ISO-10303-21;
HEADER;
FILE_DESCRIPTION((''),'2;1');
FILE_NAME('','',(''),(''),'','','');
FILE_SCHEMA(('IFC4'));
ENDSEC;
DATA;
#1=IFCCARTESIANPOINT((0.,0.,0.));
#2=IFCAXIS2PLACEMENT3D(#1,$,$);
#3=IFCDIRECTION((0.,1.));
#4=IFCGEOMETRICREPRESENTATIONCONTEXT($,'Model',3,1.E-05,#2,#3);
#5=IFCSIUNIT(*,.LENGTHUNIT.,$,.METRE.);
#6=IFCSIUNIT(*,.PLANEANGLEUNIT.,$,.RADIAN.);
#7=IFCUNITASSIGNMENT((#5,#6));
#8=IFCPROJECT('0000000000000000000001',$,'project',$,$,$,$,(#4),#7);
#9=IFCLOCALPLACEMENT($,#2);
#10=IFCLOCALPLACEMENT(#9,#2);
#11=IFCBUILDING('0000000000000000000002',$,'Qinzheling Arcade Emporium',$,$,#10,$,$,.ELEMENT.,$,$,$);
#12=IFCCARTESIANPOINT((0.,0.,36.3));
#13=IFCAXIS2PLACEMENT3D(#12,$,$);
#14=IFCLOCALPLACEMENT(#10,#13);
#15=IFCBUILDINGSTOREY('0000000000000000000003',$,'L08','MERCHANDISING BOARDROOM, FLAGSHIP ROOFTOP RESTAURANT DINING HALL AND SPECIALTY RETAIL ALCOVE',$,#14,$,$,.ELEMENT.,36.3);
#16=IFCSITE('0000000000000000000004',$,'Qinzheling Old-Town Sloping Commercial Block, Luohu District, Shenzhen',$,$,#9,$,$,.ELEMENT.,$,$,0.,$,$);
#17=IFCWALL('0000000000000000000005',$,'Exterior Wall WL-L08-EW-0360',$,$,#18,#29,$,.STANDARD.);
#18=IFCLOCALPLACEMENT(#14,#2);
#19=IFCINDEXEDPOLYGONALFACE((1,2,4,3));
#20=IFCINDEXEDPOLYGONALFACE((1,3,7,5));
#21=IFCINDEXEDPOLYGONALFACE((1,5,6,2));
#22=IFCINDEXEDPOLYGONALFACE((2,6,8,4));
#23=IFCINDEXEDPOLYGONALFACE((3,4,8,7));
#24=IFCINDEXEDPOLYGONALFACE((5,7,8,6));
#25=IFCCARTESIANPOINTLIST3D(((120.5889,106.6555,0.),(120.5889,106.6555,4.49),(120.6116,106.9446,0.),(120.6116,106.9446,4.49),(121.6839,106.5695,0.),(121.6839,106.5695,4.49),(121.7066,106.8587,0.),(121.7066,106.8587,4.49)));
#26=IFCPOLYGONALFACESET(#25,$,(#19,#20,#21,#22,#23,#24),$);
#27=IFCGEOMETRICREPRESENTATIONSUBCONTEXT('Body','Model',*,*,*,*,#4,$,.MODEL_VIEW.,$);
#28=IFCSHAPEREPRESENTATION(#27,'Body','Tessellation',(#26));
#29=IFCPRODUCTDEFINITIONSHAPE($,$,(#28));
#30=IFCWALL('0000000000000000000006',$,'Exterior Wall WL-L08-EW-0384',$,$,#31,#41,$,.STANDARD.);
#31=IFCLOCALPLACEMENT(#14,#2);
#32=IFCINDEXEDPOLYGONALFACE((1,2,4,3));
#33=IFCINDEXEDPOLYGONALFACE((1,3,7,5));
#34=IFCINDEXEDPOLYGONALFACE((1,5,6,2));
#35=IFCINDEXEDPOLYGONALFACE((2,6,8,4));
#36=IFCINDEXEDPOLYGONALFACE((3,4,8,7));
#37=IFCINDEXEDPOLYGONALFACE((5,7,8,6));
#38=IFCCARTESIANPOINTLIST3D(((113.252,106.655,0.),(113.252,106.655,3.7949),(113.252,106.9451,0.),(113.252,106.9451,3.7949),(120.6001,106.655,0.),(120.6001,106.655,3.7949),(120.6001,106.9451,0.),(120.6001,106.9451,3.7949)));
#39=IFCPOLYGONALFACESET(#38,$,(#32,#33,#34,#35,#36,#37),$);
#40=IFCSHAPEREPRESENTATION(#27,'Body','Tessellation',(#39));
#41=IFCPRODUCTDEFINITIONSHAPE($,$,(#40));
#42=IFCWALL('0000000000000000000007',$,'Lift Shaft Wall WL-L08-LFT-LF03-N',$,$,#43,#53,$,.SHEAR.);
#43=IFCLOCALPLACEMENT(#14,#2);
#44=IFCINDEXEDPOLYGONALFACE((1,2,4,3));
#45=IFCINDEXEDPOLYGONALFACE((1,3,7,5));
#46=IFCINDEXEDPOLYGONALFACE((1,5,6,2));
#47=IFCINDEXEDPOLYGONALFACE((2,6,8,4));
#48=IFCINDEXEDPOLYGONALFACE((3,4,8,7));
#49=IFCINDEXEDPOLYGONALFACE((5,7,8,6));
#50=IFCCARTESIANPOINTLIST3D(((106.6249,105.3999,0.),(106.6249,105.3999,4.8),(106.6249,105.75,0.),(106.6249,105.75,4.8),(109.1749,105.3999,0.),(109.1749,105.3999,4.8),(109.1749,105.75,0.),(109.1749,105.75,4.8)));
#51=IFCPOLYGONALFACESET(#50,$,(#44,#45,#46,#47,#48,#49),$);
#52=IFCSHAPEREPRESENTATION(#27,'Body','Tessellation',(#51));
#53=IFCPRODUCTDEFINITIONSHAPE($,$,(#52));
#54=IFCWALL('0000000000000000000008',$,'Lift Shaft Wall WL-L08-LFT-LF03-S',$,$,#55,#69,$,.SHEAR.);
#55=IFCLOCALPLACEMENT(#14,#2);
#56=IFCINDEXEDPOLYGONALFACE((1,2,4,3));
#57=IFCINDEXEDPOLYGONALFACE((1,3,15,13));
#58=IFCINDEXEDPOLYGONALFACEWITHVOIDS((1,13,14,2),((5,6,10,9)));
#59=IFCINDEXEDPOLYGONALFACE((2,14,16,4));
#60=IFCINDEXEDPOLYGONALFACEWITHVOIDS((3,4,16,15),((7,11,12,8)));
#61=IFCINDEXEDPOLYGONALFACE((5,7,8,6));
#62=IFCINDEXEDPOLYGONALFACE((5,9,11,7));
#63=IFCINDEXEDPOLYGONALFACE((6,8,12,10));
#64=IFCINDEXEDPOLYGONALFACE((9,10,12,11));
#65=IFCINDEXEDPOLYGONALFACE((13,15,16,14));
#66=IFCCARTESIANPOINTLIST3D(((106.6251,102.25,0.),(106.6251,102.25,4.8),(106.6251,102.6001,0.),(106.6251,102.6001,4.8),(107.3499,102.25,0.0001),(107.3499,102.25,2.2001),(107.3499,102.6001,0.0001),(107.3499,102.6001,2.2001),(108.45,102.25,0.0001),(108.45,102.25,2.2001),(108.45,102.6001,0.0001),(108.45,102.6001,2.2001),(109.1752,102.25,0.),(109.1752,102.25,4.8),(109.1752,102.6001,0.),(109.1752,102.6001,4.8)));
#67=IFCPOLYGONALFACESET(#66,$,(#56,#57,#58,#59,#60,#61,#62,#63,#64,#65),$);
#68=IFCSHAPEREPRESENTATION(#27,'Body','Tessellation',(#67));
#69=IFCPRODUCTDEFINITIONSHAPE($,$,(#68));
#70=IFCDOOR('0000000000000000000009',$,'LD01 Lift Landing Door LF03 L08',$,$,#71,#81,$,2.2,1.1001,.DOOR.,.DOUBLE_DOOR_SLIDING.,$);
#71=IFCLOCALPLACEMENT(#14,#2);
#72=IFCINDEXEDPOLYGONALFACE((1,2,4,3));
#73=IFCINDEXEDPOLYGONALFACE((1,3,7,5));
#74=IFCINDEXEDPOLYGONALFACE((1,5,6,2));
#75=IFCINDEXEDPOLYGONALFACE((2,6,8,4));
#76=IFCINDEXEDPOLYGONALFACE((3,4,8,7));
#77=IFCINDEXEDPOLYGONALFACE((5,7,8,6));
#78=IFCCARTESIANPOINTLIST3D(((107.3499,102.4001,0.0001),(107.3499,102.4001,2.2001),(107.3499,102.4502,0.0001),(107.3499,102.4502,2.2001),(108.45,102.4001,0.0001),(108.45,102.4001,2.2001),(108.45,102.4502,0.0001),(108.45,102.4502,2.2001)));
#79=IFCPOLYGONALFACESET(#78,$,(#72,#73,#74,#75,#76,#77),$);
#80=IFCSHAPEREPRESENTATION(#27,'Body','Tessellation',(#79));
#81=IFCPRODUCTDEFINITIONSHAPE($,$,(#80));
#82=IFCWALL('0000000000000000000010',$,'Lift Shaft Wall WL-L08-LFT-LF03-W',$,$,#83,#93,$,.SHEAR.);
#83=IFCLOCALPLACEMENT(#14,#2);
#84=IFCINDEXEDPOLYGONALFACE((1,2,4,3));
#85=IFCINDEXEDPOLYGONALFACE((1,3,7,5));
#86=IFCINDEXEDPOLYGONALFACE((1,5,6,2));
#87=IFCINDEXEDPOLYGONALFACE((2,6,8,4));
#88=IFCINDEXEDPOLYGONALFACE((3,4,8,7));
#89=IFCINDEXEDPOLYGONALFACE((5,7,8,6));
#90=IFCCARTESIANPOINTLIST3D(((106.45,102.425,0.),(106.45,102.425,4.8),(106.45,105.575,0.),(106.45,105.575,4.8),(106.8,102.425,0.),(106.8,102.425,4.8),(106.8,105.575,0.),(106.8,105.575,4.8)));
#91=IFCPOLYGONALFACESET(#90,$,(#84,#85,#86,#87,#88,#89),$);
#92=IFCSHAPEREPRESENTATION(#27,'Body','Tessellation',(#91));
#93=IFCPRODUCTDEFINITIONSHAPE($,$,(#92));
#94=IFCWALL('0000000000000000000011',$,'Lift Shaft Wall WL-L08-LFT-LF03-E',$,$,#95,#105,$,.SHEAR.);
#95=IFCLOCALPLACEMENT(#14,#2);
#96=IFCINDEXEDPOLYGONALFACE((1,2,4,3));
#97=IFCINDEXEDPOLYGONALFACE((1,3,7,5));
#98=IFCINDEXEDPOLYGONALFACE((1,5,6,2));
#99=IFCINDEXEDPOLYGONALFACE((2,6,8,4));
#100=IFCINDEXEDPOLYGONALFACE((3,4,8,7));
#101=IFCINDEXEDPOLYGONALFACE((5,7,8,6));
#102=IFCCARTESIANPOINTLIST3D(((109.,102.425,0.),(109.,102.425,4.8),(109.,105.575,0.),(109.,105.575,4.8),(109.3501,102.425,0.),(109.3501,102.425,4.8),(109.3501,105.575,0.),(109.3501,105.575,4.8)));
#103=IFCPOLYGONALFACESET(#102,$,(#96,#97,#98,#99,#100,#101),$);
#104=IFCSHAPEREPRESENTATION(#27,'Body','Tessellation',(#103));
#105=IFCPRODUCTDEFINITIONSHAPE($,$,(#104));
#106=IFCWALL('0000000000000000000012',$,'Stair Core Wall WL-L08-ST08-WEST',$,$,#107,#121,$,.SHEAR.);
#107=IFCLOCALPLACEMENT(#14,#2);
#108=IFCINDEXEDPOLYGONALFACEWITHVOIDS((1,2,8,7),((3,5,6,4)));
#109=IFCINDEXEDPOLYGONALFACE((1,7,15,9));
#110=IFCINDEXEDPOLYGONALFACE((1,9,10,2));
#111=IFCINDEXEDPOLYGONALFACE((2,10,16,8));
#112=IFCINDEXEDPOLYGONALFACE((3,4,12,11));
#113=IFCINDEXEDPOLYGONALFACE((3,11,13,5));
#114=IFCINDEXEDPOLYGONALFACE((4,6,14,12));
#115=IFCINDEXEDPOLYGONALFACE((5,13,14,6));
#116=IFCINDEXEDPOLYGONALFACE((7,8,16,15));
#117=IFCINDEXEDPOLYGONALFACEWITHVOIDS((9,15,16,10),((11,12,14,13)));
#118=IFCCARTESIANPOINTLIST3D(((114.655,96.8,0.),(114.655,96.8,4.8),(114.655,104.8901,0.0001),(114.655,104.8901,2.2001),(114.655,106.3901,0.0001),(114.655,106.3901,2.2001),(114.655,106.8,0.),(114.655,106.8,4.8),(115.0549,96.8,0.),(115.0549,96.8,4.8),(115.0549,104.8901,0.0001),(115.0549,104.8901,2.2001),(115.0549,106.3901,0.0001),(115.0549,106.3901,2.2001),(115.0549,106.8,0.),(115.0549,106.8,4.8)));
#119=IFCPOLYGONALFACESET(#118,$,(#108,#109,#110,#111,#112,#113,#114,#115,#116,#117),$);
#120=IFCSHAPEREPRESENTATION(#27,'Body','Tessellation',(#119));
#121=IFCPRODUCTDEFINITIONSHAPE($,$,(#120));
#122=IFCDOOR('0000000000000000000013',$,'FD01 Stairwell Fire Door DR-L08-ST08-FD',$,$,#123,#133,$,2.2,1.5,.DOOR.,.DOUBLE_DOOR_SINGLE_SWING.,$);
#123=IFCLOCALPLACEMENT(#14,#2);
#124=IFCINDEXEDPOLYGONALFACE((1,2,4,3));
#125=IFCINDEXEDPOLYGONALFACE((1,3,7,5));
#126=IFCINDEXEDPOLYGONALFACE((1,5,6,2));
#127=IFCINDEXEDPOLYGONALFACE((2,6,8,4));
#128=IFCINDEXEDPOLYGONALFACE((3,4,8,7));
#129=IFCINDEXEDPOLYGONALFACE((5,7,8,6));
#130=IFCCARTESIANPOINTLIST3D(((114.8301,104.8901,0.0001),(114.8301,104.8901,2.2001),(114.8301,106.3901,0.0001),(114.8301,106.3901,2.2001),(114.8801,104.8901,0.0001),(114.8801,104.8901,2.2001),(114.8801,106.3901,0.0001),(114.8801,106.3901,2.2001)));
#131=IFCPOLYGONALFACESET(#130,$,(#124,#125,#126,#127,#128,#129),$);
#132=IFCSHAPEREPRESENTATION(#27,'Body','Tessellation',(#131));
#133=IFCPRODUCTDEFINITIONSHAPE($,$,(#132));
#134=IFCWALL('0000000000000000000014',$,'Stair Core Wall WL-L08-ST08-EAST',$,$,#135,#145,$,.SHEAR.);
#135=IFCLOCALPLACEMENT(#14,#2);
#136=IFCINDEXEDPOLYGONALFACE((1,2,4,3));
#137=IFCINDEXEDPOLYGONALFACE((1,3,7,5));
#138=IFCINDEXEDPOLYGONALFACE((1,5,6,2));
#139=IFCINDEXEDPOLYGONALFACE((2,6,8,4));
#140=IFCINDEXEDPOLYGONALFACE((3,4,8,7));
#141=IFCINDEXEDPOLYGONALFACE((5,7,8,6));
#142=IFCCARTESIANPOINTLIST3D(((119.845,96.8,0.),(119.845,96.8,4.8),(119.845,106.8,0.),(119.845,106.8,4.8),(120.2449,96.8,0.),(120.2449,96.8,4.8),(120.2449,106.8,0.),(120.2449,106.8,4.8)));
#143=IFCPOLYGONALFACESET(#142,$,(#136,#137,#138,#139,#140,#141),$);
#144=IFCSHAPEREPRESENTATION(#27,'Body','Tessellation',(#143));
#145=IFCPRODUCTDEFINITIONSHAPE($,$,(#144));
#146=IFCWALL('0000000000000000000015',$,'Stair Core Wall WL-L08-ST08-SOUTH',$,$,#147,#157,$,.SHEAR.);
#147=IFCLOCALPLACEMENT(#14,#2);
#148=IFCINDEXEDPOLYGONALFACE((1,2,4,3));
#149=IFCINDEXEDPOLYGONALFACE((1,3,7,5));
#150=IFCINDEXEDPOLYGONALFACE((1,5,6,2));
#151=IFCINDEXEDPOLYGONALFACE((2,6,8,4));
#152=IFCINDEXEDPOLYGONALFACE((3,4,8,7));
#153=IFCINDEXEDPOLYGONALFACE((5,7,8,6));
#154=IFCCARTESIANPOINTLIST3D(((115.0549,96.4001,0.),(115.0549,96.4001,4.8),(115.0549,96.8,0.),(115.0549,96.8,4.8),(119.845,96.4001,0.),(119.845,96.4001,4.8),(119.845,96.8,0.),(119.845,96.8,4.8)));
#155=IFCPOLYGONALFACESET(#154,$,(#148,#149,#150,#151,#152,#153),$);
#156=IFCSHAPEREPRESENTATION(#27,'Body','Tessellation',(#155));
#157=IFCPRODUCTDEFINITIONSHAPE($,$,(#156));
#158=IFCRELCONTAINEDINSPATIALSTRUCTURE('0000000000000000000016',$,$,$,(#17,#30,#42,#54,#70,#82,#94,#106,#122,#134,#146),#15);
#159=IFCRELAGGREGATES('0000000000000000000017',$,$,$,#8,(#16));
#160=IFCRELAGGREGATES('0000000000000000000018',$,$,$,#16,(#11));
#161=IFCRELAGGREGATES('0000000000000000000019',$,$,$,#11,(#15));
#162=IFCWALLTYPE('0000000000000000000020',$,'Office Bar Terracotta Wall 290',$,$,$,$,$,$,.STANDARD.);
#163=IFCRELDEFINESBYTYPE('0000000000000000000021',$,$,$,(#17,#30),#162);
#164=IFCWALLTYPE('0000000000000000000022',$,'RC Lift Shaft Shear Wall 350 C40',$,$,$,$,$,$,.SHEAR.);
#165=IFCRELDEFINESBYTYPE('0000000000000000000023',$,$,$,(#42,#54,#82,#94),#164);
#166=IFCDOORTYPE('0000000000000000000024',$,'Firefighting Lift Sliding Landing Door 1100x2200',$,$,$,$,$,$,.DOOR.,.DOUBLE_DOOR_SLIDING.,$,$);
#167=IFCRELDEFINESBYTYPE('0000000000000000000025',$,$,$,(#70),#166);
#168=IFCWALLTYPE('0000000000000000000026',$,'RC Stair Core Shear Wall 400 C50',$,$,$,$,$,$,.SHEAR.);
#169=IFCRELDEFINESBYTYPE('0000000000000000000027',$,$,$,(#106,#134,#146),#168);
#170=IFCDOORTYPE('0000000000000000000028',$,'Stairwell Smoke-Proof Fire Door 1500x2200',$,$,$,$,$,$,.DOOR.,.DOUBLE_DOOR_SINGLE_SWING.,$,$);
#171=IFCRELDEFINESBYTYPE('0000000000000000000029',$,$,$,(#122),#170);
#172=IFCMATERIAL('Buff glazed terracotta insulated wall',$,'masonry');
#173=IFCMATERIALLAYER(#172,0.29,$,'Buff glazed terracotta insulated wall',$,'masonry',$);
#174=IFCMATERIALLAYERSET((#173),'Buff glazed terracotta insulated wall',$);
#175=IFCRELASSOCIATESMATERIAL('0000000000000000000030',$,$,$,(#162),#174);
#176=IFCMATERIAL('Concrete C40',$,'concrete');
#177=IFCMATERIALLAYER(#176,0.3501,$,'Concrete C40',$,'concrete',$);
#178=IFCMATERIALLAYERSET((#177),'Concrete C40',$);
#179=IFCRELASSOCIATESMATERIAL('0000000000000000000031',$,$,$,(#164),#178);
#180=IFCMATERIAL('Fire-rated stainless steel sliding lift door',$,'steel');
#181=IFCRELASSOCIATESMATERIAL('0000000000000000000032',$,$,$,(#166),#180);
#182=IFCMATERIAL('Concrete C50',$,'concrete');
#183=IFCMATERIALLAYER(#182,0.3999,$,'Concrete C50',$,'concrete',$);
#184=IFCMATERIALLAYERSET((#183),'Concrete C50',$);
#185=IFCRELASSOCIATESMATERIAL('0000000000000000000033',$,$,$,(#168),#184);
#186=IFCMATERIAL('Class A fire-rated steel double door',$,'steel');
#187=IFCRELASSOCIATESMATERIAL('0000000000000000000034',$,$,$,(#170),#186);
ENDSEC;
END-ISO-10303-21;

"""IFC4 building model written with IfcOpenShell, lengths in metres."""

from ifc_helpers import new_model, si_unit, direction, frame, frame_2d, origin, place, context, subcontext, project, spatial, rectangle, extrude, material, layer, layer_set, type_object, element, fill, save


model = new_model("IFC4")

# Units and contexts
model_context = context("Model", 3, precision=1e-05, world=origin(), true_north=direction((0.0, 1.0)))
body_context = subcontext(model_context, "Body", "Model", "MODEL_VIEW")
ifc_project = project(units=[si_unit("LENGTHUNIT", "METRE"), si_unit("PLANEANGLEUNIT", "RADIAN")], contexts=[model_context])

# Site, building, storey
site_placement = place(None, origin())
site = spatial("IfcSite", under=ifc_project, at=site_placement, Name="Qinzheling Old-Town Sloping Commercial Block, Luohu District, Shenzhen", CompositionType="ELEMENT", RefElevation=0.0)
building_placement = place(site_placement, origin())
building = spatial("IfcBuilding", under=site, at=building_placement, Name="Qinzheling Arcade Emporium", CompositionType="ELEMENT")
storey_placement = place(building_placement, frame((0.0, 0.0, 36.3)))
storey = spatial("IfcBuildingStorey", under=building, at=storey_placement, Name="L08", Description="MERCHANDISING BOARDROOM, FLAGSHIP ROOFTOP RESTAURANT DINING HALL AND SPECIALTY RETAIL ALCOVE", CompositionType="ELEMENT", Elevation=36.3)

# Shared definitions
ifc_material_1 = material(Name="Concrete C40", Category="concrete")

# Shared definitions
ifc_material_2 = material(Name="Class A fire-rated steel double door", Category="steel")

# Walls
ifc_material_3 = material(Name="Buff glazed terracotta insulated wall", Category="masonry")
ifc_layer_1 = layer(ifc_material_3, 0.29, Name="Buff glazed terracotta insulated wall", Category="masonry")
ifc_layer_set_1 = layer_set([ifc_layer_1], Name="Buff glazed terracotta insulated wall")
wall_type_1 = type_object("IfcWallType", Name="Office Bar Terracotta Wall 290", PredefinedType="STANDARD", material=ifc_layer_set_1)
wall_1_placement = place(storey_placement, frame((120.6001, 106.8, 0.0), z_axis=(0.0, 0.0, 1.0), x_axis=(0.996934, -0.078243, 0.0)))
element("IfcWall", 1, at=wall_1_placement, inside=storey, type_object=wall_type_1, Name="Exterior Wall WL-L08-EW-0360", PredefinedType="STANDARD", context=body_context, shape_type="SweptSolid", body=[
    extrude(rectangle(XDim=1.0984, YDim=0.29, at=frame_2d((0.5493, 0.0))), origin(), (0.0, 0.0, 1.0), 4.49),
])
wall_2_placement = place(storey_placement, frame((113.252, 106.8, 0.0), z_axis=(0.0, 0.0, 1.0), x_axis=(1.0, 0.0, 0.0)))
element("IfcWall", 2, at=wall_2_placement, inside=storey, type_object=wall_type_1, Name="Exterior Wall WL-L08-EW-0384", PredefinedType="STANDARD", context=body_context, shape_type="SweptSolid", body=[
    extrude(rectangle(XDim=7.3481, YDim=0.29, at=frame_2d((3.6741, 0.0))), origin(), (0.0, 0.0, 1.0), 3.7949),
])
ifc_layer_2 = layer(ifc_material_1, 0.3501, Name="Concrete C40", Category="concrete")
ifc_layer_set_2 = layer_set([ifc_layer_2], Name="Concrete C40")
wall_type_2 = type_object("IfcWallType", Name="RC Lift Shaft Shear Wall 350 C40", PredefinedType="SHEAR", material=ifc_layer_set_2)
wall_3_placement = place(storey_placement, frame((106.625, 105.575, 0.0), z_axis=(0.0, 0.0, 1.0), x_axis=(1.0, 0.0, 0.0)))
element("IfcWall", 3, at=wall_3_placement, inside=storey, type_object=wall_type_2, Name="Lift Shaft Wall WL-L08-LFT-LF03-N", PredefinedType="SHEAR", context=body_context, shape_type="SweptSolid", body=[
    extrude(rectangle(XDim=2.55, YDim=0.3501, at=frame_2d((1.2749, 0.0))), origin(), (0.0, 0.0, 1.0), 4.8),
])

# Wall, opening, door
wall_4_placement = place(storey_placement, frame((109.175, 102.425, 0.0), z_axis=(0.0, 0.0, 1.0), x_axis=(-1.0, 0.0, 0.0)))
wall_4 = element("IfcWall", 4, at=wall_4_placement, inside=storey, type_object=wall_type_2, Name="Lift Shaft Wall WL-L08-LFT-LF03-S", PredefinedType="SHEAR", context=body_context, shape_type="SweptSolid", body=[
    extrude(rectangle(XDim=2.55, YDim=0.3501, at=frame_2d((1.2749, 0.0))), origin(), (0.0, 0.0, 1.0), 4.8),
])
opening_1_placement = place(wall_4_placement, frame((0.7251, 0.0, 0.0)))
opening_1 = element("IfcOpeningElement", 5, at=opening_1_placement, cuts=wall_4, PredefinedType="OPENING", context=body_context, shape_type="SweptSolid", body=[
    extrude(rectangle(XDim=1.1001, YDim=2.2, at=frame_2d((0.55, 1.1001))), frame((0.0, 0.1851, 0.0), z_axis=(0.0, -1.0, 0.0), x_axis=(1.0, 0.0, 0.0)), (0.0, 0.0, 1.0), 0.3701),
])
ifc_material_4 = material(Name="Fire-rated stainless steel sliding lift door", Category="steel")
door_type_1 = type_object("IfcDoorType", Name="Firefighting Lift Sliding Landing Door 1100x2200", OperationType="DOUBLE_DOOR_SLIDING", PredefinedType="DOOR", material=ifc_material_4)
door_1_placement = place(opening_1_placement, origin())
door_1 = element("IfcDoor", 6, at=door_1_placement, inside=storey, type_object=door_type_1, Name="LD01 Lift Landing Door LF03 L08", OperationType="DOUBLE_DOOR_SLIDING", OverallHeight=2.2, OverallWidth=1.1001, PredefinedType="DOOR", context=body_context, shape_type="SweptSolid", body=[
    extrude(rectangle(XDim=1.1001, YDim=2.2, at=frame_2d((0.55, 1.1001))), frame((0.0, 0.0249, 0.0), z_axis=(0.0, -1.0, 0.0), x_axis=(1.0, 0.0, 0.0)), (0.0, 0.0, 1.0), 0.05),
])
fill(opening_1, door_1)

# Walls
for number, where, z_axis, x_axis, name in (
    (7, (106.625, 102.425, 0.0), (0.0, 0.0, 1.0), (0.0, 1.0, 0.0), "Lift Shaft Wall WL-L08-LFT-LF03-W"),
    (8, (109.175, 105.575, 0.0), (0.0, 0.0, 1.0), (0.0, -1.0, 0.0), "Lift Shaft Wall WL-L08-LFT-LF03-E"),
):
    element("IfcWall", number, at=place(storey_placement, frame(where, z_axis=z_axis, x_axis=x_axis)), inside=storey, type_object=wall_type_2, Name=name, PredefinedType="SHEAR", context=body_context, shape_type="SweptSolid", body=[
        extrude(rectangle(XDim=3.1499, YDim=0.3501, at=frame_2d((1.575, 0.0))), origin(), (0.0, 0.0, 1.0), 4.8),
    ])

# Wall, opening, door
ifc_material_5 = material(Name="Concrete C50", Category="concrete")
ifc_layer_3 = layer(ifc_material_5, 0.3999, Name="Concrete C50", Category="concrete")
ifc_layer_set_3 = layer_set([ifc_layer_3], Name="Concrete C50")
wall_type_3 = type_object("IfcWallType", Name="RC Stair Core Shear Wall 400 C50", PredefinedType="SHEAR", material=ifc_layer_set_3)
wall_5_placement = place(storey_placement, frame((114.855, 96.8, 0.0), z_axis=(0.0, 0.0, 1.0), x_axis=(0.0, 1.0, 0.0)))
wall_5 = element("IfcWall", 9, at=wall_5_placement, inside=storey, type_object=wall_type_3, Name="Stair Core Wall WL-L08-ST08-WEST", PredefinedType="SHEAR", context=body_context, shape_type="SweptSolid", body=[
    extrude(rectangle(XDim=10.0, YDim=0.3999, at=frame_2d((5.0, 0.0))), origin(), (0.0, 0.0, 1.0), 4.8),
])
opening_2_placement = place(wall_5_placement, frame((8.0901, 0.0, 0.0)))
opening_2 = element("IfcOpeningElement", 10, at=opening_2_placement, cuts=wall_5, PredefinedType="OPENING", context=body_context, shape_type="SweptSolid", body=[
    extrude(rectangle(XDim=1.5, YDim=2.2, at=frame_2d((0.75, 1.1001))), frame((0.0, 0.21, 0.0), z_axis=(0.0, -1.0, 0.0), x_axis=(1.0, 0.0, 0.0)), (0.0, 0.0, 1.0), 0.4199),
])
door_type_2 = type_object("IfcDoorType", Name="Stairwell Smoke-Proof Fire Door 1500x2200", OperationType="DOUBLE_DOOR_SINGLE_SWING", PredefinedType="DOOR", material=ifc_material_2)
door_2_placement = place(opening_2_placement, origin())
door_2 = element("IfcDoor", 11, at=door_2_placement, inside=storey, type_object=door_type_2, Name="FD01 Stairwell Fire Door DR-L08-ST08-FD", OperationType="DOUBLE_DOOR_SINGLE_SWING", OverallHeight=2.2, OverallWidth=1.5, PredefinedType="DOOR", context=body_context, shape_type="SweptSolid", body=[
    extrude(rectangle(XDim=1.5, YDim=2.2, at=frame_2d((0.75, 1.1001))), frame((0.0, 0.0249, 0.0), z_axis=(0.0, -1.0, 0.0), x_axis=(1.0, 0.0, 0.0)), (0.0, 0.0, 1.0), 0.05),
])
fill(opening_2, door_2)

# Walls
wall_6_placement = place(storey_placement, frame((120.0449, 106.8, 0.0), z_axis=(0.0, 0.0, 1.0), x_axis=(0.0, -1.0, 0.0)))
element("IfcWall", 12, at=wall_6_placement, inside=storey, type_object=wall_type_3, Name="Stair Core Wall WL-L08-ST08-EAST", PredefinedType="SHEAR", context=body_context, shape_type="SweptSolid", body=[
    extrude(rectangle(XDim=10.0, YDim=0.3999, at=frame_2d((5.0, 0.0))), origin(), (0.0, 0.0, 1.0), 4.8),
])
wall_7_placement = place(storey_placement, frame((119.845, 96.6001, 0.0), z_axis=(0.0, 0.0, 1.0), x_axis=(-1.0, 0.0, 0.0)))
element("IfcWall", 13, at=wall_7_placement, inside=storey, type_object=wall_type_3, Name="Stair Core Wall WL-L08-ST08-SOUTH", PredefinedType="SHEAR", context=body_context, shape_type="SweptSolid", body=[
    extrude(rectangle(XDim=4.79, YDim=0.3999, at=frame_2d((2.395, 0.0))), origin(), (0.0, 0.0, 1.0), 4.8),
])

save(model, "model.ifc")
